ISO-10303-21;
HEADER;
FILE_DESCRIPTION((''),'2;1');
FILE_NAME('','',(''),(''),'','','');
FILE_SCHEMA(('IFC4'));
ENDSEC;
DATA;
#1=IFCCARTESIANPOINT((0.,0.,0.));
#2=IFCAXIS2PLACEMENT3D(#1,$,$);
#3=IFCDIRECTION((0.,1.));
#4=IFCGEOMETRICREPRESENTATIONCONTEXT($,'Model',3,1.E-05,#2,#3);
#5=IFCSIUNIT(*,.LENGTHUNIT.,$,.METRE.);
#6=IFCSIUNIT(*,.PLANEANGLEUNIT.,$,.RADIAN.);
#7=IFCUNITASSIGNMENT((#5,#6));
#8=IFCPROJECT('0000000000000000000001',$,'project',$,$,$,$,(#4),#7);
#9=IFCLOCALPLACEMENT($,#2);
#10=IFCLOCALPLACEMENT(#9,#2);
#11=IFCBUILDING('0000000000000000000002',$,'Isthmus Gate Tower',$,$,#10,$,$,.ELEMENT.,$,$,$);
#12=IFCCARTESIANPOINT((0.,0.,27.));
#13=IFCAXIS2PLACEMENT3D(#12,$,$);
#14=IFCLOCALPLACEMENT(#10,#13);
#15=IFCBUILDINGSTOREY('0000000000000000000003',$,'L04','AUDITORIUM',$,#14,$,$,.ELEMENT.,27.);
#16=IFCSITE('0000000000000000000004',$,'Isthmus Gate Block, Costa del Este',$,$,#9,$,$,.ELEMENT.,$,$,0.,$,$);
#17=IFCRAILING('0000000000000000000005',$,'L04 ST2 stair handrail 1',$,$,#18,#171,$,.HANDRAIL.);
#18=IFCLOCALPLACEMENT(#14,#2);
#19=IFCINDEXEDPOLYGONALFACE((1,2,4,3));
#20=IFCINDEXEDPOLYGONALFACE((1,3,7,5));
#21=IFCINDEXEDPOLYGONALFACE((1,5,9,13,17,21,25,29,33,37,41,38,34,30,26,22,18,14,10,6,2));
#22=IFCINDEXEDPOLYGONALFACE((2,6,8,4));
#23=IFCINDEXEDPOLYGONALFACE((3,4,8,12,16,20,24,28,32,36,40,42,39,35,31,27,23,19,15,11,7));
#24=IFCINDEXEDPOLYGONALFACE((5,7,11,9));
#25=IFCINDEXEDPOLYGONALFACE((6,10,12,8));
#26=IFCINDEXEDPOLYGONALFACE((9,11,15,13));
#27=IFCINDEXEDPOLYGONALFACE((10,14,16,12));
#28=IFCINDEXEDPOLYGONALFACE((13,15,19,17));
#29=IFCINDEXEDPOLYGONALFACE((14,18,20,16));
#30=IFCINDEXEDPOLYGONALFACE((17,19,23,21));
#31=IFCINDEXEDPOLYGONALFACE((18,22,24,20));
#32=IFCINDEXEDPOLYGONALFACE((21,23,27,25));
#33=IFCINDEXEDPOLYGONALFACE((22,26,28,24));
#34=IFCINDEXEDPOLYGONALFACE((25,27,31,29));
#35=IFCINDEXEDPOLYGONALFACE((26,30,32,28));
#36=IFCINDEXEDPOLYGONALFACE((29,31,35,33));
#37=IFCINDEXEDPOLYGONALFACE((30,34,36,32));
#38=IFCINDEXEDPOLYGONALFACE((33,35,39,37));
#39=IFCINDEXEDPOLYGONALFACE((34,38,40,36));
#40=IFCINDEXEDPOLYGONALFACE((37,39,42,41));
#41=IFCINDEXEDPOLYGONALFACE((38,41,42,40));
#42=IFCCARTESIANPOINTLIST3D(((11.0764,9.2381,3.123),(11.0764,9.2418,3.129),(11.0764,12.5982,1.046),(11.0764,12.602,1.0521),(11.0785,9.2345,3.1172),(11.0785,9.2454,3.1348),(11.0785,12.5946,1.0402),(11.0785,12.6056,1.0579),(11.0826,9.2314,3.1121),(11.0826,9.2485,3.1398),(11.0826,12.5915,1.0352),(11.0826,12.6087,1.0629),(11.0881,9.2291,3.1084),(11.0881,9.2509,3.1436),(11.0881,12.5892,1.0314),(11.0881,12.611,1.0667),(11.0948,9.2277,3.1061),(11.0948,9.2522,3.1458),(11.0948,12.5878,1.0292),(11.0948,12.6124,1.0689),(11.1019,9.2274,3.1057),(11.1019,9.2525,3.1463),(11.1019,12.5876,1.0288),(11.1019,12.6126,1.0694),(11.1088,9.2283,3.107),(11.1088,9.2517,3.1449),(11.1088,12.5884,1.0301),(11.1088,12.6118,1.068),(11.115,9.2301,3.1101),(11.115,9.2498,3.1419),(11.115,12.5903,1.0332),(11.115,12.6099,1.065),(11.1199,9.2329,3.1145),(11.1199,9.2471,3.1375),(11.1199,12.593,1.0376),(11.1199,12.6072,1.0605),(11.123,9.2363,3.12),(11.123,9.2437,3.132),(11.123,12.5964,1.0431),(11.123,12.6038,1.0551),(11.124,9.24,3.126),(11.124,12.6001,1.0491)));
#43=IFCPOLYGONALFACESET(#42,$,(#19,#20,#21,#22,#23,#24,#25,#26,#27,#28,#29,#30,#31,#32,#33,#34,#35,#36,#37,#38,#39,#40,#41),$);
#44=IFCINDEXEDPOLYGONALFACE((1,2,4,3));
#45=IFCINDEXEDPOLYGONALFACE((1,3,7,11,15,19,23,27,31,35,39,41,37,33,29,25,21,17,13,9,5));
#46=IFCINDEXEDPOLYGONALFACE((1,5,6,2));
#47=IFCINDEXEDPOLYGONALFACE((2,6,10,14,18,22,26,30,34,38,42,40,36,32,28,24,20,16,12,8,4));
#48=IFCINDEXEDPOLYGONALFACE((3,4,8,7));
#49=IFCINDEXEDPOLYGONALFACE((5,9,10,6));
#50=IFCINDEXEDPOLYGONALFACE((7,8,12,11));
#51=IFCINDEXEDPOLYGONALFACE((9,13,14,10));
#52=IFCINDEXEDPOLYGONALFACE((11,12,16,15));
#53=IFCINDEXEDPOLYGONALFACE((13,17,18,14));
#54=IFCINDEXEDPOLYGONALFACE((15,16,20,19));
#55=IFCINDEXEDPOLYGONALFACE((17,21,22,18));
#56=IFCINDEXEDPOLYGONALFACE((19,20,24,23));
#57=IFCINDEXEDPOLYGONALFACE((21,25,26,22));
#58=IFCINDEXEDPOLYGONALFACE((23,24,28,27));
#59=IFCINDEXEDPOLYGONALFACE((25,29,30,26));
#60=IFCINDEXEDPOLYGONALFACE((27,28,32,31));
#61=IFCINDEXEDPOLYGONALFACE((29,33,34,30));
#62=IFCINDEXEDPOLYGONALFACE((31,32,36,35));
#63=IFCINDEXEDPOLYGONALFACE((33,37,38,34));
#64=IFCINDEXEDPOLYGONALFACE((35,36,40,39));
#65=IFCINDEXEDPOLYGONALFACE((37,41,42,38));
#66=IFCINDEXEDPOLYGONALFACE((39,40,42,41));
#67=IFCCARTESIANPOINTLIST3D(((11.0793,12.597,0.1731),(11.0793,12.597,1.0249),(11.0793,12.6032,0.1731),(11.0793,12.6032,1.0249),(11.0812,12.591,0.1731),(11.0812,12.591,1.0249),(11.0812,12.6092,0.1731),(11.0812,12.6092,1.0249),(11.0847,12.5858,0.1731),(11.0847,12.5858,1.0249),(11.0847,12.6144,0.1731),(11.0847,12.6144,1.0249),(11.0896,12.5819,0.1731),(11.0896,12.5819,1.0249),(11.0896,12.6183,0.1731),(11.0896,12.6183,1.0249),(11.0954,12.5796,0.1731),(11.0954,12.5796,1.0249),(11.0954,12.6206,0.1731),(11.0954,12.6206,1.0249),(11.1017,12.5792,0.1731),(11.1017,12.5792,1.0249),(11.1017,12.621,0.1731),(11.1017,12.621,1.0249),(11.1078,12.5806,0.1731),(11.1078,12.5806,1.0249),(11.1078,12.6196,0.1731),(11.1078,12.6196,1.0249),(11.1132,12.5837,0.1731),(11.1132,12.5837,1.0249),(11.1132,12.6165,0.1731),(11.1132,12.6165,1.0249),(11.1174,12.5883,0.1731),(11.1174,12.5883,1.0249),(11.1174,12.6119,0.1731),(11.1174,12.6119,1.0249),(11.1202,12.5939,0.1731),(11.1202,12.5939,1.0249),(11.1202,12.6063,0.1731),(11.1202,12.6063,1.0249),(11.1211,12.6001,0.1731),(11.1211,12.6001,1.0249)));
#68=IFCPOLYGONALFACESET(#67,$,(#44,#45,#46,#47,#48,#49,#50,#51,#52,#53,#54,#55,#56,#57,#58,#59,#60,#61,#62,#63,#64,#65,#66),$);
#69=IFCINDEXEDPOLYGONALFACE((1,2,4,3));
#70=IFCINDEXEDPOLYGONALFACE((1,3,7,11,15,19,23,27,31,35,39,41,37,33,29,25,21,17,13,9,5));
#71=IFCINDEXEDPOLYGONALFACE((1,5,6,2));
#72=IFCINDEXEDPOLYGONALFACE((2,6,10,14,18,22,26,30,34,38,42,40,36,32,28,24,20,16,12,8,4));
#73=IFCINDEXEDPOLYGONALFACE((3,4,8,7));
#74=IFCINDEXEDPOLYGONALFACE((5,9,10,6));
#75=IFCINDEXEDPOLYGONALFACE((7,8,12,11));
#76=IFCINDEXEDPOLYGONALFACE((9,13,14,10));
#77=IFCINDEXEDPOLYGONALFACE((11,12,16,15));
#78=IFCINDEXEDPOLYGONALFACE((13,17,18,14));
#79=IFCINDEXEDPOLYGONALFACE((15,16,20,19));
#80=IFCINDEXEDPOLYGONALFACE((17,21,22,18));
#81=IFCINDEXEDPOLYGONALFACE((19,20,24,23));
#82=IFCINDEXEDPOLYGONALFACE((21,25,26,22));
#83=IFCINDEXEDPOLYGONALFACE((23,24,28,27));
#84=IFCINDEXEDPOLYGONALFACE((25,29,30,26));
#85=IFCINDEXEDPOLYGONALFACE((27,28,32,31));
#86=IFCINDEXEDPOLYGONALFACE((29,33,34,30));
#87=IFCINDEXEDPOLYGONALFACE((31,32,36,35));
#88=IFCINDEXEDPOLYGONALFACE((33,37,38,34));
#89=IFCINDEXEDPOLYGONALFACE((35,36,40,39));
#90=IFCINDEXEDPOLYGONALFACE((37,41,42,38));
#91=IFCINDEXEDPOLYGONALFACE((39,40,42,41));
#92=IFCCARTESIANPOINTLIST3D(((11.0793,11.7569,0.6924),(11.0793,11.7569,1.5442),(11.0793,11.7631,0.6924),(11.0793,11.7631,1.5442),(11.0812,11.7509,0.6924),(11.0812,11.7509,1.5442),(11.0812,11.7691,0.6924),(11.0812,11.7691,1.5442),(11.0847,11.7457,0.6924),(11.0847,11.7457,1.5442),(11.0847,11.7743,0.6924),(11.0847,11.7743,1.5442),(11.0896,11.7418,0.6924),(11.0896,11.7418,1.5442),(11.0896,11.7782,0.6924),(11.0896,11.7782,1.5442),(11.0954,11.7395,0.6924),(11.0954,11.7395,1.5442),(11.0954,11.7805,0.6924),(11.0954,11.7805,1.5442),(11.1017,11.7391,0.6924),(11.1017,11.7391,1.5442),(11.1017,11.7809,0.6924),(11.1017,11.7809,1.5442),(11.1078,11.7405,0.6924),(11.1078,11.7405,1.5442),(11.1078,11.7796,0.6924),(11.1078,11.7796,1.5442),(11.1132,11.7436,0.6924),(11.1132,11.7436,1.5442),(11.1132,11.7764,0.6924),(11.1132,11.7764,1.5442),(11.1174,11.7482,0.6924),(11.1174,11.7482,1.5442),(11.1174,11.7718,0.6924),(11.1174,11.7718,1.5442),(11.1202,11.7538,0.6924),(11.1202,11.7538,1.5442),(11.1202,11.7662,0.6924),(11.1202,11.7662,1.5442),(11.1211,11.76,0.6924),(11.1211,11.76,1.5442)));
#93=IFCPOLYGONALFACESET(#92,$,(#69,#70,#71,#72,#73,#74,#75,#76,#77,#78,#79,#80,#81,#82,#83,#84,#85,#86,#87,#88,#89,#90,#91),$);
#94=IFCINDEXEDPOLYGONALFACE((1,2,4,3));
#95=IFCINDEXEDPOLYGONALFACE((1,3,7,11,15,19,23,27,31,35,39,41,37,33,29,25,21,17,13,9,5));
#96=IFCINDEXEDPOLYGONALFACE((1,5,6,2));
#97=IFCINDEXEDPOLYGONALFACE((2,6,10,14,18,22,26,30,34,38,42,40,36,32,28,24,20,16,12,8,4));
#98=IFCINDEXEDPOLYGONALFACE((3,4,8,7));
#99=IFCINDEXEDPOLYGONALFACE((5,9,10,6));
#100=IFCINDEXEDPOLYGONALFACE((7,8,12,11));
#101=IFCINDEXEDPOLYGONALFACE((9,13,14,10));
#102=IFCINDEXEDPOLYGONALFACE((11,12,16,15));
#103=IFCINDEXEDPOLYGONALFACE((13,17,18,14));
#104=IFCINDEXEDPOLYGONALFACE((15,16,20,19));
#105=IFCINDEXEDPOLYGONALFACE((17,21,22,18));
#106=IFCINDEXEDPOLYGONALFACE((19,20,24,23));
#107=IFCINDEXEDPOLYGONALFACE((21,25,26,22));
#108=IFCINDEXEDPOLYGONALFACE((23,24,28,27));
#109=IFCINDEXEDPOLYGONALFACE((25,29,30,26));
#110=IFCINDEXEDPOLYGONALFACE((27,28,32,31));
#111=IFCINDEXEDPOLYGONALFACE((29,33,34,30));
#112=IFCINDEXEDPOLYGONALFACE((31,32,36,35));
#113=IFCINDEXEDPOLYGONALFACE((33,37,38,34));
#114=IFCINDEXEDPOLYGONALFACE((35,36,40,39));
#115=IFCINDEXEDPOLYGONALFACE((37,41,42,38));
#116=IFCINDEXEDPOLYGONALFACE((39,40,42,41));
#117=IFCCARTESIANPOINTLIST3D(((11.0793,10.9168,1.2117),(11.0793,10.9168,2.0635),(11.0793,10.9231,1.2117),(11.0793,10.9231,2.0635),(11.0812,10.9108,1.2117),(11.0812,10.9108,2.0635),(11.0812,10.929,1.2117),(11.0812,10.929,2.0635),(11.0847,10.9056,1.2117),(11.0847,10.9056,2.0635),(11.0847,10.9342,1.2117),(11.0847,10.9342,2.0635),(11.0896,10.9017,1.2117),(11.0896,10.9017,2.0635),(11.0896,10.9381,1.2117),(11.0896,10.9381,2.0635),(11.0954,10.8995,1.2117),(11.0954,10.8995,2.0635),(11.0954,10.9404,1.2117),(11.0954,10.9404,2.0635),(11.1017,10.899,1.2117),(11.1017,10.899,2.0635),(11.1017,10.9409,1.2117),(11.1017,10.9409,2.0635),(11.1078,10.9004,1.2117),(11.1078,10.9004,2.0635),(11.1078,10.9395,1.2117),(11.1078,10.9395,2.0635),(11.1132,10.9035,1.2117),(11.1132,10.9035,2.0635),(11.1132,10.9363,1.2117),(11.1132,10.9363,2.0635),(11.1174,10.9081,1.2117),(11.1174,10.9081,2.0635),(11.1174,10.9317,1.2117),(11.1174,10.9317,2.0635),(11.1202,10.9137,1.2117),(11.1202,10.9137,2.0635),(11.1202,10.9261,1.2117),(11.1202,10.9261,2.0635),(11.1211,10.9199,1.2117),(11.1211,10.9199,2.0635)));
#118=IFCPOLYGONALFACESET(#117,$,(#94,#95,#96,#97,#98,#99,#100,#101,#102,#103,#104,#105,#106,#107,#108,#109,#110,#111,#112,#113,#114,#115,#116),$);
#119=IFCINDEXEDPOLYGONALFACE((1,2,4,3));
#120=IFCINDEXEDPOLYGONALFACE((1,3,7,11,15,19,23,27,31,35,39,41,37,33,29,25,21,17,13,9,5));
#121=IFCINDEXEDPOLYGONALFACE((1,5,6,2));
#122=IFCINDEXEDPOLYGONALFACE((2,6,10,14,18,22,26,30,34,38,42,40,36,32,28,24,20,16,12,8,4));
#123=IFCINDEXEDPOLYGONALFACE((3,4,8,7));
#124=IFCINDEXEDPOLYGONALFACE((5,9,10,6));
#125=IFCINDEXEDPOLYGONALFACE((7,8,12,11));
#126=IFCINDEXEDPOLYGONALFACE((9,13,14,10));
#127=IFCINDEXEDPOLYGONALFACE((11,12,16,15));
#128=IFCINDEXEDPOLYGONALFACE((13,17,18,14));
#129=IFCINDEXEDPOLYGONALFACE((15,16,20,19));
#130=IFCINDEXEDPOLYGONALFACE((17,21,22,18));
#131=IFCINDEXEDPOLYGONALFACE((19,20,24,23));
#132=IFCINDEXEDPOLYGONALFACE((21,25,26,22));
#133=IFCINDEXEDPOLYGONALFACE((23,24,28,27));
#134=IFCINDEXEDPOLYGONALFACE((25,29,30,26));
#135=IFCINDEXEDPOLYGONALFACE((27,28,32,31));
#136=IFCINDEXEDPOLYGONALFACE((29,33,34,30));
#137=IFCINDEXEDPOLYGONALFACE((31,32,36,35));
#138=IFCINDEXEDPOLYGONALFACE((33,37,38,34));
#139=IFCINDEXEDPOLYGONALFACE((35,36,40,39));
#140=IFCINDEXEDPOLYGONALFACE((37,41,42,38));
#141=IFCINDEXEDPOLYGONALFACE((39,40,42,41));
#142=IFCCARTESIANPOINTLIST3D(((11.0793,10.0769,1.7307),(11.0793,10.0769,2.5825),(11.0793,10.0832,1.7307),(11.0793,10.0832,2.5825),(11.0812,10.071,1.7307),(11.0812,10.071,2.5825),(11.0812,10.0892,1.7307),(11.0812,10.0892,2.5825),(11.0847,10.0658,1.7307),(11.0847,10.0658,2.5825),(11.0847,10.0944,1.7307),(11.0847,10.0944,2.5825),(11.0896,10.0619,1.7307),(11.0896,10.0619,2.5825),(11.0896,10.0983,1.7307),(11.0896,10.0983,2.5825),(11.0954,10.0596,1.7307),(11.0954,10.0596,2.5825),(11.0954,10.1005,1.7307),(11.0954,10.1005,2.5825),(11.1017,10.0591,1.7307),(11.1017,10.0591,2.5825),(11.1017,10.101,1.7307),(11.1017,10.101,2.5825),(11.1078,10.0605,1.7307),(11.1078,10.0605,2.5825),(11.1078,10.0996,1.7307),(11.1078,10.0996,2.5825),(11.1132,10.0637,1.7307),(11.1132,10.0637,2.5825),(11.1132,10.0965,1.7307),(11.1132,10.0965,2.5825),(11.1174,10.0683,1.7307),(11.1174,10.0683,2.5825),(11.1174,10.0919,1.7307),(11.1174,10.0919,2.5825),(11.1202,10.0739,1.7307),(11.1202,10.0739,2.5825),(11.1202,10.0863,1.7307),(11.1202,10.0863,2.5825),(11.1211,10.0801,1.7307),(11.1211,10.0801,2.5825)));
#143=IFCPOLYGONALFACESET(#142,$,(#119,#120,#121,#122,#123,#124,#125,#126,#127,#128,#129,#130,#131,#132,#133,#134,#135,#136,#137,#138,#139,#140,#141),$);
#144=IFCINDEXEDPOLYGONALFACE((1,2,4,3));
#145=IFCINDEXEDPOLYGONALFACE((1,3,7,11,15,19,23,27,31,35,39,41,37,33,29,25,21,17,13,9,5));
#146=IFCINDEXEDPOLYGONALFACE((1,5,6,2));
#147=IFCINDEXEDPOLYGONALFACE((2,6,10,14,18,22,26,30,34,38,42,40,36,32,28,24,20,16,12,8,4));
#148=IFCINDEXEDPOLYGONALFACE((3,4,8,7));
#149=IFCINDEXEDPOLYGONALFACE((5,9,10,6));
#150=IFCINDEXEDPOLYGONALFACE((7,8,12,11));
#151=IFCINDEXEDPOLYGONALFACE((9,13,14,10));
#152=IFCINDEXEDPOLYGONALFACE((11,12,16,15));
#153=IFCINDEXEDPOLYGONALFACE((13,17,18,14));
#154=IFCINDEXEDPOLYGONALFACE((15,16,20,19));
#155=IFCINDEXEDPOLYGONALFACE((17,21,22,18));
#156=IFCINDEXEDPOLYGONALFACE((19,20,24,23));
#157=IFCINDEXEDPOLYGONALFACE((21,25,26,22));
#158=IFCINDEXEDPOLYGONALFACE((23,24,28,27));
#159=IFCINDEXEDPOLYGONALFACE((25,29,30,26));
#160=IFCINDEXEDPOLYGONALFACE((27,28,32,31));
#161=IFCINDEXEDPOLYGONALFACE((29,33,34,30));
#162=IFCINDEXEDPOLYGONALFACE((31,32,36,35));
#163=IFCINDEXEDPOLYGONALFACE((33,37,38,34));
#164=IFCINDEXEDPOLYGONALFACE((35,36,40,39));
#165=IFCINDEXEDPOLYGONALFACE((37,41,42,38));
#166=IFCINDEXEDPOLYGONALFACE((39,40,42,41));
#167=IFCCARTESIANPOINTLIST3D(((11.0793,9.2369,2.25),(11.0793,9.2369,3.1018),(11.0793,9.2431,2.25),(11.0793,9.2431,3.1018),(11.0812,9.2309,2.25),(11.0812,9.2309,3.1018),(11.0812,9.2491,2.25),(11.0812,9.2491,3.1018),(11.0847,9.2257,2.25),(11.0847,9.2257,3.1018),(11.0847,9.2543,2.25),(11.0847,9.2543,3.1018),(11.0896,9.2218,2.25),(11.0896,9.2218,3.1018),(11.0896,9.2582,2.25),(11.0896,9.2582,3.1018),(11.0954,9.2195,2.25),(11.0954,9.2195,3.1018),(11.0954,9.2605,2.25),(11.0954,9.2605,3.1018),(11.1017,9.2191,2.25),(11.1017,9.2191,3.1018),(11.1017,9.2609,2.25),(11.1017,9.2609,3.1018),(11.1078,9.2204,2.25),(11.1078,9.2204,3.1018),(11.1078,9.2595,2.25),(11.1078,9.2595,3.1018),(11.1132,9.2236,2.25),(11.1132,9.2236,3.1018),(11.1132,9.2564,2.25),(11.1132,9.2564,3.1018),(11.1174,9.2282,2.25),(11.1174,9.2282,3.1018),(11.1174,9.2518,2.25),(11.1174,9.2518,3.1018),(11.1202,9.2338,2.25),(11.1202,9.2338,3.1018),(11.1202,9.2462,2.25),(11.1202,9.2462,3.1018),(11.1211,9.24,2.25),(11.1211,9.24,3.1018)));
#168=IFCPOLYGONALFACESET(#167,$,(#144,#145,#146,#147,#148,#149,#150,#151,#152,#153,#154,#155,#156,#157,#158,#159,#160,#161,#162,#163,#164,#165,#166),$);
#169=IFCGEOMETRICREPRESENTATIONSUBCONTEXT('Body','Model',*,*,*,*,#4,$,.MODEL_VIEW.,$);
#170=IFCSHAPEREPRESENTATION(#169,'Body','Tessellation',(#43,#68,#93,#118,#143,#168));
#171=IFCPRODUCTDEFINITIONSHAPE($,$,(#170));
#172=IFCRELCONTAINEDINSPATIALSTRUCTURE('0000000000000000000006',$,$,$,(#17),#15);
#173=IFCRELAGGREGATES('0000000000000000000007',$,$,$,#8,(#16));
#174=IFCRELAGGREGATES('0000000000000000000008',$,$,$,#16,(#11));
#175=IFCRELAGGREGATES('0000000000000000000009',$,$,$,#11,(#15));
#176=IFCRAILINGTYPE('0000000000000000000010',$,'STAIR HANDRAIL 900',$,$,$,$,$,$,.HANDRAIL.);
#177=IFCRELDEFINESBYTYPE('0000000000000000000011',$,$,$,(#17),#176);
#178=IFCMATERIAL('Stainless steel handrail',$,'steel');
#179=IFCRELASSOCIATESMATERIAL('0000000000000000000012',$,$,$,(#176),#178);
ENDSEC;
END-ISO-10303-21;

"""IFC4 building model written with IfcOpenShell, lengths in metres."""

from ifc_helpers import new_model, si_unit, direction, frame, origin, origin_2d, place, context, subcontext, project, spatial, circle, extrude, material, type_object, element, save


model = new_model("IFC4")

# Units and contexts
model_context = context("Model", 3, precision=1e-05, world=origin(), true_north=direction((0.0, 1.0)))
body_context = subcontext(model_context, "Body", "Model", "MODEL_VIEW")
ifc_project = project(units=[si_unit("LENGTHUNIT", "METRE"), si_unit("PLANEANGLEUNIT", "RADIAN")], contexts=[model_context])

# Site, building, storey
site_placement = place(None, origin())
site = spatial("IfcSite", under=ifc_project, at=site_placement, Name="Isthmus Gate Block, Costa del Este", CompositionType="ELEMENT", RefElevation=0.0)
building_placement = place(site_placement, origin())
building = spatial("IfcBuilding", under=site, at=building_placement, Name="Isthmus Gate Tower", CompositionType="ELEMENT")
storey_placement = place(building_placement, frame((0.0, 0.0, 27.0)))
storey = spatial("IfcBuildingStorey", under=building, at=storey_placement, Name="L04", Description="AUDITORIUM", CompositionType="ELEMENT", Elevation=27.0)

# Railing
ifc_material_1 = material(Name="Stainless steel handrail", Category="steel")
railing_type_1 = type_object("IfcRailingType", Name="STAIR HANDRAIL 900", PredefinedType="HANDRAIL", material=ifc_material_1)
for number, where, name in (
    (1, (11.1001, 12.6001, 0.1731), "L04 ST2 stair handrail 1"),
):
    element("IfcRailing", number, at=place(storey_placement, frame(where)), inside=storey, type_object=railing_type_1, Name=name, PredefinedType="HANDRAIL", context=body_context, shape_type="SweptSolid", body=[
        extrude(circle(Radius=0.0239, at=origin_2d()), frame((0.0, 0.0, 0.876), z_axis=(0.0, -0.850623, 0.525776), x_axis=(1.0, 0.0, 0.0)), (0.0, 0.0, 1.0), 3.9502),
        extrude(circle(Radius=0.021, at=origin_2d()), origin(), (0.0, 0.0, 1.0), 0.8518),
        extrude(circle(Radius=0.021, at=origin_2d()), frame((0.0, -0.8401, 0.5193)), (0.0, 0.0, 1.0), 0.8518),
        extrude(circle(Radius=0.021, at=origin_2d()), frame((0.0, -1.6802, 1.0386)), (0.0, 0.0, 1.0), 0.8518),
        extrude(circle(Radius=0.021, at=origin_2d()), frame((0.0, -2.52, 1.5576)), (0.0, 0.0, 1.0), 0.8518),
        extrude(circle(Radius=0.021, at=origin_2d()), frame((0.0, -3.3601, 2.0769)), (0.0, 0.0, 1.0), 0.8518),
    ])

save(model, "model.ifc")
